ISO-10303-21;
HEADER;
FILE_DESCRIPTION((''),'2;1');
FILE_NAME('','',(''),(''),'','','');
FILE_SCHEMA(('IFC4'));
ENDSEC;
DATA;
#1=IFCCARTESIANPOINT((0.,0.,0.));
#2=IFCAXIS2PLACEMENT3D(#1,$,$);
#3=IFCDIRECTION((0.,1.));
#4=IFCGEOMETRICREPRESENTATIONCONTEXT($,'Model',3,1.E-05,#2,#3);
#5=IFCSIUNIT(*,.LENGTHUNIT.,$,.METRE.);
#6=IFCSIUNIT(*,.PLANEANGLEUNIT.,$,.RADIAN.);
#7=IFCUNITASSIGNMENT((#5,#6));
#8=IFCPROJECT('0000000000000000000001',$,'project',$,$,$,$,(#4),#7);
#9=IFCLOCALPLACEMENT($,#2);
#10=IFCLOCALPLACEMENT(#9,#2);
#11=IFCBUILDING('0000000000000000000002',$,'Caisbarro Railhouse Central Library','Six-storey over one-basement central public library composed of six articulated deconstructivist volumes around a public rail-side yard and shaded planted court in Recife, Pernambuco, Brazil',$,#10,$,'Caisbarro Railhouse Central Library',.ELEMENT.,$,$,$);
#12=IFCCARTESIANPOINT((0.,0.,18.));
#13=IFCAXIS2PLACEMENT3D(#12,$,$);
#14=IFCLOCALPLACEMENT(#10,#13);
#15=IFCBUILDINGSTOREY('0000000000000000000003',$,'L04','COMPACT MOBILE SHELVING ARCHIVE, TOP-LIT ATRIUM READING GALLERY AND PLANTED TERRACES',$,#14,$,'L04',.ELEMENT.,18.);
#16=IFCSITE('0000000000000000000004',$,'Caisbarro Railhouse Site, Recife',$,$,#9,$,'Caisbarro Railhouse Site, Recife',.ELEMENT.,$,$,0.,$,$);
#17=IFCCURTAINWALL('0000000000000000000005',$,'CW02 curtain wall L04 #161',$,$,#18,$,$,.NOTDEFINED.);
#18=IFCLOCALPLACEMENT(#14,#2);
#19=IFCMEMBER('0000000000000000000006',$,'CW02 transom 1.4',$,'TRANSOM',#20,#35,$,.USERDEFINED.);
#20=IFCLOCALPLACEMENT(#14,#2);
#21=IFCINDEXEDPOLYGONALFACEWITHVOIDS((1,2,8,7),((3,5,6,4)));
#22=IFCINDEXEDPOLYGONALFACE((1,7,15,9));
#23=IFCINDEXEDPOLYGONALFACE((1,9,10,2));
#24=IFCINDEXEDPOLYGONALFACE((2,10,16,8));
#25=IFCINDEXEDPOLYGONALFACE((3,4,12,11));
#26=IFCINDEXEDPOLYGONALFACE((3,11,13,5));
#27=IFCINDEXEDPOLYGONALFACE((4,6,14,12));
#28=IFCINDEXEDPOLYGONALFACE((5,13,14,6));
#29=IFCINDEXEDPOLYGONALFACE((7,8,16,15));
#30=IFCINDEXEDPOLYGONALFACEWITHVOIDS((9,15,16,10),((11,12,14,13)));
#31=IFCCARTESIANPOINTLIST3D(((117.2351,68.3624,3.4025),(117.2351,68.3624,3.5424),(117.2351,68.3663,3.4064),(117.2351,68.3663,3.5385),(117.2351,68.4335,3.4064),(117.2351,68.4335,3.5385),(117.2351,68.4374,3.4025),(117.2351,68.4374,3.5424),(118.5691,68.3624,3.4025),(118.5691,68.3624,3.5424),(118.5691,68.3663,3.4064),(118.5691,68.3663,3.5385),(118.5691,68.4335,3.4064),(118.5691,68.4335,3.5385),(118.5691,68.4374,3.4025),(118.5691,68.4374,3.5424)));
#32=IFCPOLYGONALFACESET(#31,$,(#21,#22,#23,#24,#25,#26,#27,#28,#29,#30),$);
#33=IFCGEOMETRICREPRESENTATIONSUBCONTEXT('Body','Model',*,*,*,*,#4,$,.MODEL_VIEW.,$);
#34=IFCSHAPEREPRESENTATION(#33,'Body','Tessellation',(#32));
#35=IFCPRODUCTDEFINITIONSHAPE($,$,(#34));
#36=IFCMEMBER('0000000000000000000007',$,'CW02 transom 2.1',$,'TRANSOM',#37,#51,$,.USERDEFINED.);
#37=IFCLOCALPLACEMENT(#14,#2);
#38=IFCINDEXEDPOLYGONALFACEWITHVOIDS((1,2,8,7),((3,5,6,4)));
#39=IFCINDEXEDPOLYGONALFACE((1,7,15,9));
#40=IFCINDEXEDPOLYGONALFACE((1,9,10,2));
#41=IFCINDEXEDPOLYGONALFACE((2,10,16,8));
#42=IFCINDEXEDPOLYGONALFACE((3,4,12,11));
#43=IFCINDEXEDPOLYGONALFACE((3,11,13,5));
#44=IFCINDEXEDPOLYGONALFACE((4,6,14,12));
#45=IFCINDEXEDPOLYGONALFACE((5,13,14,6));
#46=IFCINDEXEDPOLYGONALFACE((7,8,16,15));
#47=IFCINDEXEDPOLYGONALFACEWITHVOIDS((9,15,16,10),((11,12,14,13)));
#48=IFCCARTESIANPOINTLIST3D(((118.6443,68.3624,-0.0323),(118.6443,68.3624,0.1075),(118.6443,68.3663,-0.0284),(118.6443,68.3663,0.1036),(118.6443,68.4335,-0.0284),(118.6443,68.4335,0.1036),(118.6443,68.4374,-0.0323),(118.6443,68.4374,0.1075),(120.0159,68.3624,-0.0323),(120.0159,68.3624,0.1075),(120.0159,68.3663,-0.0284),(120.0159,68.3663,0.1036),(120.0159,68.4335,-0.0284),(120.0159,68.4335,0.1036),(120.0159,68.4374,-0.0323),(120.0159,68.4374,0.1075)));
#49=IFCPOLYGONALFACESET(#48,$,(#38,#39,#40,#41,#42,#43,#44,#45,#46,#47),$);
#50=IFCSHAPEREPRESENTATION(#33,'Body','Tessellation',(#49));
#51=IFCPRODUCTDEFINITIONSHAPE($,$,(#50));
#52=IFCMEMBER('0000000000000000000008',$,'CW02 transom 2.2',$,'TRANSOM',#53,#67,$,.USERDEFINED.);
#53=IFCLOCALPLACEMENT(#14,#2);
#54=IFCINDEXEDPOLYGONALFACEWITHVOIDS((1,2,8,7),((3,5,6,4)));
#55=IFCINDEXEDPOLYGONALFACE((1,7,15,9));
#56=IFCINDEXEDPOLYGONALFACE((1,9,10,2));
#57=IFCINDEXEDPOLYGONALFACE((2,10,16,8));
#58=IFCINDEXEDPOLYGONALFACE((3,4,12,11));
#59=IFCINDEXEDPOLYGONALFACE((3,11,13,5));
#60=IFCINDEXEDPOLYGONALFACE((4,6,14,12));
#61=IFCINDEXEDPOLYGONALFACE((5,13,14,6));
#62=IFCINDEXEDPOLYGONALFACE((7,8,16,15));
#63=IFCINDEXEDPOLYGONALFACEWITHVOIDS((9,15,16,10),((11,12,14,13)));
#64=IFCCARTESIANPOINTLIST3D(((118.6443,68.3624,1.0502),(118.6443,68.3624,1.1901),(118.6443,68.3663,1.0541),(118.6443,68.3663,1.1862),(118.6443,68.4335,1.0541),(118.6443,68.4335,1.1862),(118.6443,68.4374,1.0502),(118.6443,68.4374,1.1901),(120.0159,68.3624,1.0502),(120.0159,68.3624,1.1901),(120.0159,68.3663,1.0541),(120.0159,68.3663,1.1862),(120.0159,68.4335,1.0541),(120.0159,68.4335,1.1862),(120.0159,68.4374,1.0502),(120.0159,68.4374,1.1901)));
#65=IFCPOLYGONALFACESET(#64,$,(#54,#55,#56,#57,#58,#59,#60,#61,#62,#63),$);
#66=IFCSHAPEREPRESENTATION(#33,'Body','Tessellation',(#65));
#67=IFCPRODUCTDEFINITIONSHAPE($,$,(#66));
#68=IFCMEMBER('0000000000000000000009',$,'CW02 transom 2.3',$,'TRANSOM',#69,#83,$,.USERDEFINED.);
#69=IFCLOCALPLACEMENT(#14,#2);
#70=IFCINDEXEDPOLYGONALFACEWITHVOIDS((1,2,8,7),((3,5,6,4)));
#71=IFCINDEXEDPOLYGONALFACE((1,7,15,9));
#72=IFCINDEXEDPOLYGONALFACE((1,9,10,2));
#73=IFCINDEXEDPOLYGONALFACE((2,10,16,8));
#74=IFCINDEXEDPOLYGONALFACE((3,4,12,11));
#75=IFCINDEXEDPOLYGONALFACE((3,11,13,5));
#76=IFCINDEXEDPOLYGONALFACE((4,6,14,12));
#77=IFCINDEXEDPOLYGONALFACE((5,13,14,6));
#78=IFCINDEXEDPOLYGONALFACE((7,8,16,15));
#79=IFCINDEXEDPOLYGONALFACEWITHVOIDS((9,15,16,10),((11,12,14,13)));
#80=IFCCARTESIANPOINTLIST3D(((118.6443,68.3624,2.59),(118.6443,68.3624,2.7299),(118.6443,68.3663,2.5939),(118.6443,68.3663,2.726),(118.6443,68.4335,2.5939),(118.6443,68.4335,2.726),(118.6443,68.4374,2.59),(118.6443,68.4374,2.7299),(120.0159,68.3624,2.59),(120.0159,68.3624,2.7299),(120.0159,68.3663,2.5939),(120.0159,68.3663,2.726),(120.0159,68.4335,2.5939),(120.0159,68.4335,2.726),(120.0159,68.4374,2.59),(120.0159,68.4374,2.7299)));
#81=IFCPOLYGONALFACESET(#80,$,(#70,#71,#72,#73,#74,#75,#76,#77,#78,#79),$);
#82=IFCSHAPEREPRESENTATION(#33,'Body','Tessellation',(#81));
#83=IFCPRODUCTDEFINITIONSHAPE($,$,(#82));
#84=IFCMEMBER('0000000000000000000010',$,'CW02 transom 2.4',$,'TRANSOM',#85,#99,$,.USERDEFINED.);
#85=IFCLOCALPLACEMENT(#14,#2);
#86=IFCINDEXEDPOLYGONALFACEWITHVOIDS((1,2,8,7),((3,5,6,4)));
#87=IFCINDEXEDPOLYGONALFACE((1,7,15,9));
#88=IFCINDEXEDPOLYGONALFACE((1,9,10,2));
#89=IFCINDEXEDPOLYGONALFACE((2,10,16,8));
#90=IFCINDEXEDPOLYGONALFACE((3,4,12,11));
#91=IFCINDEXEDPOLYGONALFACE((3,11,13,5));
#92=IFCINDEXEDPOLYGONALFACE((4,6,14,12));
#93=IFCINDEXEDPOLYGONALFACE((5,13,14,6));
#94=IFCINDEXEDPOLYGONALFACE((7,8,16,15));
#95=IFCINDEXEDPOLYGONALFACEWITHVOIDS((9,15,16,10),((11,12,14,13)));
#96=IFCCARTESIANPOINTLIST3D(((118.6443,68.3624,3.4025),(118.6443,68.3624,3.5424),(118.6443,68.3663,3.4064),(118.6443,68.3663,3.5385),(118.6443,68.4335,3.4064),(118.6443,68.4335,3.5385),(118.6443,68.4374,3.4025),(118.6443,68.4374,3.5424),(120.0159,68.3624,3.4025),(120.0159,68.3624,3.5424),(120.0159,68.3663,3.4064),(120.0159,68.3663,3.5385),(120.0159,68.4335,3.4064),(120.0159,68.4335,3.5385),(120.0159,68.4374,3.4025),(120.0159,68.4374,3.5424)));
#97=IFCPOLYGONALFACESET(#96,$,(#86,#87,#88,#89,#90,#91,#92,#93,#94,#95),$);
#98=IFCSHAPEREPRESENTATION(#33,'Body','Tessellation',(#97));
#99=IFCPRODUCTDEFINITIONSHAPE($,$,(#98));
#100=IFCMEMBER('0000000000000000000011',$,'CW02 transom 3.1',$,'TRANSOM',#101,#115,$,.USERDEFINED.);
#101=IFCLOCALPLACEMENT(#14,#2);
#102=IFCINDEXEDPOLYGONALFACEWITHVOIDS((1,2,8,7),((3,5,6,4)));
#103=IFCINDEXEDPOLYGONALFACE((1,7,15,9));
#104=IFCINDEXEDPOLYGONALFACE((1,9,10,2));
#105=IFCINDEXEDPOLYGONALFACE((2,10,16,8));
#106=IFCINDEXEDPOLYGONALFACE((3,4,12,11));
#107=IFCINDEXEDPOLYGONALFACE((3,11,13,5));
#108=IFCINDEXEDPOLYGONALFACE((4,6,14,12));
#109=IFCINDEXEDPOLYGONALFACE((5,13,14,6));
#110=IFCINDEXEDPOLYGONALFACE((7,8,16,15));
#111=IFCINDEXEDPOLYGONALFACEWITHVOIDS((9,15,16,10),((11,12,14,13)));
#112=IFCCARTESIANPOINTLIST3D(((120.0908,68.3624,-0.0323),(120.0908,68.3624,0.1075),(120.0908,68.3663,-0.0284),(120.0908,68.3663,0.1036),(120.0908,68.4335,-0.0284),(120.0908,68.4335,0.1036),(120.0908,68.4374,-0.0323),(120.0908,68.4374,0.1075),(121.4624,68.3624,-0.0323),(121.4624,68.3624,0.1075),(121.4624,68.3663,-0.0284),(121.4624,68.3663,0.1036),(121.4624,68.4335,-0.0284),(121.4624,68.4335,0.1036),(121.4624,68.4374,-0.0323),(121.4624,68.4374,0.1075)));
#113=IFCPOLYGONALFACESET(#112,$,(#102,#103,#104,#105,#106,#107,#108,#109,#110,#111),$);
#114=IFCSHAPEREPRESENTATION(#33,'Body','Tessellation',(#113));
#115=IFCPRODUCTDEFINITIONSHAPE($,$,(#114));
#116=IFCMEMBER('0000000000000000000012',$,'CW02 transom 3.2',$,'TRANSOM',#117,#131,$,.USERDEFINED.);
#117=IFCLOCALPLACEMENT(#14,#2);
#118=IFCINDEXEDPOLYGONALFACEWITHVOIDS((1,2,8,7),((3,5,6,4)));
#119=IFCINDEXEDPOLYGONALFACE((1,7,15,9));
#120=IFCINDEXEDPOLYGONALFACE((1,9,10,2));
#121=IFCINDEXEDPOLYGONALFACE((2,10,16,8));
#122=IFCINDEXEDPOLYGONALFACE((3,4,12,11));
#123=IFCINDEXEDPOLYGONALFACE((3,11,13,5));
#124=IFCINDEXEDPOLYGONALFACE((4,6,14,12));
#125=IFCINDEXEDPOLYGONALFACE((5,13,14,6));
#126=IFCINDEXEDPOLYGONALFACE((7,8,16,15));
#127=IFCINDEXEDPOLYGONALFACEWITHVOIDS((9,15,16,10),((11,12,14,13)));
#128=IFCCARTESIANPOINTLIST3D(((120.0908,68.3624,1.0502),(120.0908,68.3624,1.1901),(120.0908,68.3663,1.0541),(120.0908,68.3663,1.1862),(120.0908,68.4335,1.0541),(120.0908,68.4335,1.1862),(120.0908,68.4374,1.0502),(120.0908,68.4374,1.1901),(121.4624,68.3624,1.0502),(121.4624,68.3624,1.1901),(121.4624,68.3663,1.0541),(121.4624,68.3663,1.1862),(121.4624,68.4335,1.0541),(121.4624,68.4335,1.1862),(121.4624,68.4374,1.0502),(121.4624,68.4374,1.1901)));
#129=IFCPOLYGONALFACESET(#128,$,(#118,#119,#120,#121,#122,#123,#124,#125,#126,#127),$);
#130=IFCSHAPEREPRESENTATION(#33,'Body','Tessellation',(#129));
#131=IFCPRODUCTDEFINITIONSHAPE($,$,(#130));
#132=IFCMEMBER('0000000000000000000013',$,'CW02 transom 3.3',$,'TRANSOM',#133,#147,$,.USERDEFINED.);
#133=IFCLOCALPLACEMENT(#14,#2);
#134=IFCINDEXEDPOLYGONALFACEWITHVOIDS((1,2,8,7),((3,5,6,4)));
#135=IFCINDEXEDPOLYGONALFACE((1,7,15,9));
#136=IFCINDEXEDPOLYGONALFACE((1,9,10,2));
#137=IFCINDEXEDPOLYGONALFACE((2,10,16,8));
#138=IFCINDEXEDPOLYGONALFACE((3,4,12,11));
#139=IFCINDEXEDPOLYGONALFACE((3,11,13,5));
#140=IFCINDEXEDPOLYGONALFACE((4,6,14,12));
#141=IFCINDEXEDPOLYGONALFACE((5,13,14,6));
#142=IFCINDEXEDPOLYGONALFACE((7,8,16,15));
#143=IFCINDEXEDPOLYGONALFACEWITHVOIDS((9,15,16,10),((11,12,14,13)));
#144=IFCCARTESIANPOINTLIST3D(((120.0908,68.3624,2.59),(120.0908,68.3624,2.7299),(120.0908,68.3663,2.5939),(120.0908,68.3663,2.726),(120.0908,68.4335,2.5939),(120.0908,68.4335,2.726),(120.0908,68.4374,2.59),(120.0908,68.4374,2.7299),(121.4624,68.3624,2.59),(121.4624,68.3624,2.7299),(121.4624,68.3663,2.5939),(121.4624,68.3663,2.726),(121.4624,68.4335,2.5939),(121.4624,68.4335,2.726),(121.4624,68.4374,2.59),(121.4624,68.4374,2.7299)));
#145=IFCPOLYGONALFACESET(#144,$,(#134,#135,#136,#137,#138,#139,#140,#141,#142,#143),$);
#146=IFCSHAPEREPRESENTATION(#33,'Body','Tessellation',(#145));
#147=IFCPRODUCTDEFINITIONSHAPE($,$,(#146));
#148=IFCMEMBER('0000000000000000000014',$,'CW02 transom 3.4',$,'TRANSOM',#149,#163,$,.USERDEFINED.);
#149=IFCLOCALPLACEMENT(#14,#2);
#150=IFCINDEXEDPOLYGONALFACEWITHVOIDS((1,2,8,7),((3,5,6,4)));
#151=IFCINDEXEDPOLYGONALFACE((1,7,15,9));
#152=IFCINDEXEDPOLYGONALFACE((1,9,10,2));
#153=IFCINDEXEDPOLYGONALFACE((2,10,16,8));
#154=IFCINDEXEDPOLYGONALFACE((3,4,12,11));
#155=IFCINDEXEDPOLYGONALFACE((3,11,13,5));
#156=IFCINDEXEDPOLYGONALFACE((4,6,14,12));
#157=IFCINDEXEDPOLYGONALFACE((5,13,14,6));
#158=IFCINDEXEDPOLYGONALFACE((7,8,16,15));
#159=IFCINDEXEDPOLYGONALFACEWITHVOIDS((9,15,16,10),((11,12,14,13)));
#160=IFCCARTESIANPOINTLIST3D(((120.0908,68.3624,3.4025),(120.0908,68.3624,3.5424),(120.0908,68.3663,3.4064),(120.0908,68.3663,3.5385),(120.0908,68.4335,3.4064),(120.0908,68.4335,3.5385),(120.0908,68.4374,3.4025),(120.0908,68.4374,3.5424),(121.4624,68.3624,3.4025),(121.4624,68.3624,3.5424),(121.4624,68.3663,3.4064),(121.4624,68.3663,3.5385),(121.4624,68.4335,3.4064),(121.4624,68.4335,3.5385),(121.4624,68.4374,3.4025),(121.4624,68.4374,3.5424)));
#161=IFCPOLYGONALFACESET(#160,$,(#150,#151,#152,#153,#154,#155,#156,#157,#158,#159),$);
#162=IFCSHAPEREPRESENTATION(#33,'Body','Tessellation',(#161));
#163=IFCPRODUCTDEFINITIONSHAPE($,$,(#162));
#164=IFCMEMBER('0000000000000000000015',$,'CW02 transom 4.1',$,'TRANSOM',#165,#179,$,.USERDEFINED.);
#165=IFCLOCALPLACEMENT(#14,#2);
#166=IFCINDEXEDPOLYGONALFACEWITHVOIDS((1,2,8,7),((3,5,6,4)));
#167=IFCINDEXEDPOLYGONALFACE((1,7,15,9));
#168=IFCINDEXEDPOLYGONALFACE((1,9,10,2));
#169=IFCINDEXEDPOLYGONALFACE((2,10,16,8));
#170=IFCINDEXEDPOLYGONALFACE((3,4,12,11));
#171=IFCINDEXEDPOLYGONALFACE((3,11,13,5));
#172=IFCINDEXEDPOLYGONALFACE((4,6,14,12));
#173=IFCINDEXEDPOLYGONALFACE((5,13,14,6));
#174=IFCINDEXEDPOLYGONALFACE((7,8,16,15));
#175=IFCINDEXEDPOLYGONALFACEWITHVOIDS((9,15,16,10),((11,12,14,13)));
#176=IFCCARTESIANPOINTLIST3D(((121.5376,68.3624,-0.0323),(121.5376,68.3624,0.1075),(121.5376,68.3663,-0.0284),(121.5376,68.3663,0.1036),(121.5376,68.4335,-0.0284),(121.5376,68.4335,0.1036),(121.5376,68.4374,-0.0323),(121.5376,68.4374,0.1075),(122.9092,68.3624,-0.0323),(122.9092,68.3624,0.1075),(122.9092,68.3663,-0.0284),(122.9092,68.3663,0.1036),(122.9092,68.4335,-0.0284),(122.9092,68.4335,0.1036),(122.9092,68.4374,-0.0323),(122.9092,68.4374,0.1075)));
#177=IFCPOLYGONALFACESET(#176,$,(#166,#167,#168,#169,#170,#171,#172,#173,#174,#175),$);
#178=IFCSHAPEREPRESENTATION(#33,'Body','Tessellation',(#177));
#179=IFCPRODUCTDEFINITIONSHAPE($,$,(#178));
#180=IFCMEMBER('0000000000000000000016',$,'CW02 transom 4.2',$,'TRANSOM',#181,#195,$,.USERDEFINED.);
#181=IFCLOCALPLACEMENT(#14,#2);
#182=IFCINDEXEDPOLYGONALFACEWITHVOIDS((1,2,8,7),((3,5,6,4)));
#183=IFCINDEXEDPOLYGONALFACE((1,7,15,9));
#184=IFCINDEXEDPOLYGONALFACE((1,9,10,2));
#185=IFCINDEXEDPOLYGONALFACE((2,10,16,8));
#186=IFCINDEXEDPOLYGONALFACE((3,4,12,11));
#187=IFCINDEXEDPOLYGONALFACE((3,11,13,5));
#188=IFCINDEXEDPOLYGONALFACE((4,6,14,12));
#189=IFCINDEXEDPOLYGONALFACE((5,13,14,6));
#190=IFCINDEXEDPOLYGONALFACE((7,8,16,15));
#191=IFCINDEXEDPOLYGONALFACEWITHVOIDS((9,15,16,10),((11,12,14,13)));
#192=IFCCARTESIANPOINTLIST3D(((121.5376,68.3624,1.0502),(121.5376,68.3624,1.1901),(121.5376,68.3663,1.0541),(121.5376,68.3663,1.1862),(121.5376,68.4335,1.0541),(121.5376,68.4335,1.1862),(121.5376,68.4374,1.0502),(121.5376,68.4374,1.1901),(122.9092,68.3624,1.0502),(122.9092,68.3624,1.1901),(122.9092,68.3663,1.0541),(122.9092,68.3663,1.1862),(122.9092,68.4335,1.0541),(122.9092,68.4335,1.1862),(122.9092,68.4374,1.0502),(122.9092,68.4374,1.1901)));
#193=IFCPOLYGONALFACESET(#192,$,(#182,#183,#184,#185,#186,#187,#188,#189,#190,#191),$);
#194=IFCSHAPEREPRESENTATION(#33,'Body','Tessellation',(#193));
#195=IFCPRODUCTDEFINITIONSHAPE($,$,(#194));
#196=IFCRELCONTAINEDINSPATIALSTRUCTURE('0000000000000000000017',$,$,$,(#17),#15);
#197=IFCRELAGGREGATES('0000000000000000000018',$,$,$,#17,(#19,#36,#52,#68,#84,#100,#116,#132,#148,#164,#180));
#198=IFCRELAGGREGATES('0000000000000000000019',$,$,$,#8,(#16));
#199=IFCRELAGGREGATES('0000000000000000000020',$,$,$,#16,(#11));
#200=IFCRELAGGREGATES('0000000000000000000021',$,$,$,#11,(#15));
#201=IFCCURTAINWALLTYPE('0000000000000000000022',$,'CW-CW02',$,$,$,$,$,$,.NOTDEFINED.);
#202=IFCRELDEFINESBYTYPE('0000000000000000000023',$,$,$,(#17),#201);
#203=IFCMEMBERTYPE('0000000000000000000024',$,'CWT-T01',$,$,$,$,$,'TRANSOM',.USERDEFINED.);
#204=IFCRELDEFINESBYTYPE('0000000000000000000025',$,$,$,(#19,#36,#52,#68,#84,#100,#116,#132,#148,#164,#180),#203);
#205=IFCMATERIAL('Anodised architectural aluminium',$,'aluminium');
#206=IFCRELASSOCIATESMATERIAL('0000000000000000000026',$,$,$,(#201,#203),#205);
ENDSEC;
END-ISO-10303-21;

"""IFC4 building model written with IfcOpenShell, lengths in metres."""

from ifc_helpers import new_model, si_unit, direction, frame, origin, origin_2d, place, context, subcontext, project, spatial, hollow_rectangle, extrude, material, material_profile, profile_set, type_object, element, aggregate, save


model = new_model("IFC4")

# Units and contexts
model_context = context("Model", 3, precision=1e-05, world=origin(), true_north=direction((0.0, 1.0)))
body_context = subcontext(model_context, "Body", "Model", "MODEL_VIEW")
ifc_project = project(units=[si_unit("LENGTHUNIT", "METRE"), si_unit("PLANEANGLEUNIT", "RADIAN")], contexts=[model_context])

# Site, building, storey
site_placement = place(None, origin())
site = spatial("IfcSite", under=ifc_project, at=site_placement, Name="Caisbarro Railhouse Site, Recife", LongName="Caisbarro Railhouse Site, Recife", CompositionType="ELEMENT", RefElevation=0.0)
building_placement = place(site_placement, origin())
building = spatial("IfcBuilding", under=site, at=building_placement, Name="Caisbarro Railhouse Central Library", Description="Six-storey over one-basement central public library composed of six articulated deconstructivist volumes around a public rail-side yard and shaded planted court in Recife, Pernambuco, Brazil", LongName="Caisbarro Railhouse Central Library", CompositionType="ELEMENT")
storey_placement = place(building_placement, frame((0.0, 0.0, 18.0)))
storey = spatial("IfcBuildingStorey", under=building, at=storey_placement, Name="L04", Description="COMPACT MOBILE SHELVING ARCHIVE, TOP-LIT ATRIUM READING GALLERY AND PLANTED TERRACES", LongName="L04", CompositionType="ELEMENT", Elevation=18.0)

# Curtain wall, members
ifc_material_1 = material(Name="Anodised architectural aluminium", Category="aluminium")
curtain_wall_type = type_object("IfcCurtainWallType", Name="CW-CW02", PredefinedType="NOTDEFINED", material=ifc_material_1)
curtain_wall_placement = place(storey_placement, origin())
curtain_wall = element("IfcCurtainWall", 1, at=curtain_wall_placement, inside=storey, type_object=curtain_wall_type, Name="CW02 curtain wall L04 #161", PredefinedType="NOTDEFINED")
ifc_material_profile_1 = material_profile(ifc_material_1, hollow_rectangle(XDim=0.075, YDim=0.1399, WallThickness=0.0039, at=origin_2d()), Name="ALU-TRN-75X140")
ifc_profile_set_1 = profile_set([ifc_material_profile_1], Name="Anodised architectural aluminium")
member_type_1 = type_object("IfcMemberType", Name="CWT-T01", ElementType="TRANSOM", PredefinedType="USERDEFINED", material=ifc_profile_set_1)
member_1_placement = place(storey_placement, frame((117.2351, 68.3999, 3.4724), z_axis=(1.0, 0.0, 0.0), x_axis=(0.0, 1.0, 0.0)))
member_1 = element("IfcMember", 2, at=member_1_placement, type_object=member_type_1, Name="CW02 transom 1.4", ObjectType="TRANSOM", PredefinedType="USERDEFINED", context=body_context, shape_type="SweptSolid", body=[
    extrude(hollow_rectangle(XDim=0.075, YDim=0.1399, WallThickness=0.0039, at=origin_2d()), origin(), (0.0, 0.0, 1.0), 1.334),
])
member_2_placement = place(storey_placement, frame((118.6443, 68.3999, 0.0376), z_axis=(1.0, 0.0, 0.0), x_axis=(0.0, 1.0, 0.0)))
member_2 = element("IfcMember", 3, at=member_2_placement, type_object=member_type_1, Name="CW02 transom 2.1", ObjectType="TRANSOM", PredefinedType="USERDEFINED", context=body_context, shape_type="SweptSolid", body=[
    extrude(hollow_rectangle(XDim=0.075, YDim=0.1399, WallThickness=0.0039, at=origin_2d()), origin(), (0.0, 0.0, 1.0), 1.3716),
])
member_3_placement = place(storey_placement, frame((118.6443, 68.3999, 1.1201), z_axis=(1.0, 0.0, 0.0), x_axis=(0.0, 1.0, 0.0)))
member_3 = element("IfcMember", 4, at=member_3_placement, type_object=member_type_1, Name="CW02 transom 2.2", ObjectType="TRANSOM", PredefinedType="USERDEFINED", context=body_context, shape_type="SweptSolid", body=[
    extrude(hollow_rectangle(XDim=0.075, YDim=0.1399, WallThickness=0.0039, at=origin_2d()), origin(), (0.0, 0.0, 1.0), 1.3716),
])
member_4_placement = place(storey_placement, frame((118.6443, 68.3999, 2.6599), z_axis=(1.0, 0.0, 0.0), x_axis=(0.0, 1.0, 0.0)))
member_4 = element("IfcMember", 5, at=member_4_placement, type_object=member_type_1, Name="CW02 transom 2.3", ObjectType="TRANSOM", PredefinedType="USERDEFINED", context=body_context, shape_type="SweptSolid", body=[
    extrude(hollow_rectangle(XDim=0.075, YDim=0.1399, WallThickness=0.0039, at=origin_2d()), origin(), (0.0, 0.0, 1.0), 1.3716),
])
member_5_placement = place(storey_placement, frame((118.6443, 68.3999, 3.4724), z_axis=(1.0, 0.0, 0.0), x_axis=(0.0, 1.0, 0.0)))
member_5 = element("IfcMember", 6, at=member_5_placement, type_object=member_type_1, Name="CW02 transom 2.4", ObjectType="TRANSOM", PredefinedType="USERDEFINED", context=body_context, shape_type="SweptSolid", body=[
    extrude(hollow_rectangle(XDim=0.075, YDim=0.1399, WallThickness=0.0039, at=origin_2d()), origin(), (0.0, 0.0, 1.0), 1.3716),
])
member_6_placement = place(storey_placement, frame((120.0908, 68.3999, 0.0376), z_axis=(1.0, 0.0, 0.0), x_axis=(0.0, 1.0, 0.0)))
member_6 = element("IfcMember", 7, at=member_6_placement, type_object=member_type_1, Name="CW02 transom 3.1", ObjectType="TRANSOM", PredefinedType="USERDEFINED", context=body_context, shape_type="SweptSolid", body=[
    extrude(hollow_rectangle(XDim=0.075, YDim=0.1399, WallThickness=0.0039, at=origin_2d()), origin(), (0.0, 0.0, 1.0), 1.3716),
])
member_7_placement = place(storey_placement, frame((120.0908, 68.3999, 1.1201), z_axis=(1.0, 0.0, 0.0), x_axis=(0.0, 1.0, 0.0)))
member_7 = element("IfcMember", 8, at=member_7_placement, type_object=member_type_1, Name="CW02 transom 3.2", ObjectType="TRANSOM", PredefinedType="USERDEFINED", context=body_context, shape_type="SweptSolid", body=[
    extrude(hollow_rectangle(XDim=0.075, YDim=0.1399, WallThickness=0.0039, at=origin_2d()), origin(), (0.0, 0.0, 1.0), 1.3716),
])
member_8_placement = place(storey_placement, frame((120.0908, 68.3999, 2.6599), z_axis=(1.0, 0.0, 0.0), x_axis=(0.0, 1.0, 0.0)))
member_8 = element("IfcMember", 9, at=member_8_placement, type_object=member_type_1, Name="CW02 transom 3.3", ObjectType="TRANSOM", PredefinedType="USERDEFINED", context=body_context, shape_type="SweptSolid", body=[
    extrude(hollow_rectangle(XDim=0.075, YDim=0.1399, WallThickness=0.0039, at=origin_2d()), origin(), (0.0, 0.0, 1.0), 1.3716),
])
member_9_placement = place(storey_placement, frame((120.0908, 68.3999, 3.4724), z_axis=(1.0, 0.0, 0.0), x_axis=(0.0, 1.0, 0.0)))
member_9 = element("IfcMember", 10, at=member_9_placement, type_object=member_type_1, Name="CW02 transom 3.4", ObjectType="TRANSOM", PredefinedType="USERDEFINED", context=body_context, shape_type="SweptSolid", body=[
    extrude(hollow_rectangle(XDim=0.075, YDim=0.1399, WallThickness=0.0039, at=origin_2d()), origin(), (0.0, 0.0, 1.0), 1.3716),
])
member_10_placement = place(storey_placement, frame((121.5376, 68.3999, 0.0376), z_axis=(1.0, 0.0, 0.0), x_axis=(0.0, 1.0, 0.0)))
member_10 = element("IfcMember", 11, at=member_10_placement, type_object=member_type_1, Name="CW02 transom 4.1", ObjectType="TRANSOM", PredefinedType="USERDEFINED", context=body_context, shape_type="SweptSolid", body=[
    extrude(hollow_rectangle(XDim=0.075, YDim=0.1399, WallThickness=0.0039, at=origin_2d()), origin(), (0.0, 0.0, 1.0), 1.3716),
])
member_11_placement = place(storey_placement, frame((121.5376, 68.3999, 1.1201), z_axis=(1.0, 0.0, 0.0), x_axis=(0.0, 1.0, 0.0)))
member_11 = element("IfcMember", 12, at=member_11_placement, type_object=member_type_1, Name="CW02 transom 4.2", ObjectType="TRANSOM", PredefinedType="USERDEFINED", context=body_context, shape_type="SweptSolid", body=[
    extrude(hollow_rectangle(XDim=0.075, YDim=0.1399, WallThickness=0.0039, at=origin_2d()), origin(), (0.0, 0.0, 1.0), 1.3716),
])
aggregate(curtain_wall, [member_1, member_2, member_3, member_4, member_5, member_6, member_7, member_8, member_9, member_10, member_11])

save(model, "model.ifc")
